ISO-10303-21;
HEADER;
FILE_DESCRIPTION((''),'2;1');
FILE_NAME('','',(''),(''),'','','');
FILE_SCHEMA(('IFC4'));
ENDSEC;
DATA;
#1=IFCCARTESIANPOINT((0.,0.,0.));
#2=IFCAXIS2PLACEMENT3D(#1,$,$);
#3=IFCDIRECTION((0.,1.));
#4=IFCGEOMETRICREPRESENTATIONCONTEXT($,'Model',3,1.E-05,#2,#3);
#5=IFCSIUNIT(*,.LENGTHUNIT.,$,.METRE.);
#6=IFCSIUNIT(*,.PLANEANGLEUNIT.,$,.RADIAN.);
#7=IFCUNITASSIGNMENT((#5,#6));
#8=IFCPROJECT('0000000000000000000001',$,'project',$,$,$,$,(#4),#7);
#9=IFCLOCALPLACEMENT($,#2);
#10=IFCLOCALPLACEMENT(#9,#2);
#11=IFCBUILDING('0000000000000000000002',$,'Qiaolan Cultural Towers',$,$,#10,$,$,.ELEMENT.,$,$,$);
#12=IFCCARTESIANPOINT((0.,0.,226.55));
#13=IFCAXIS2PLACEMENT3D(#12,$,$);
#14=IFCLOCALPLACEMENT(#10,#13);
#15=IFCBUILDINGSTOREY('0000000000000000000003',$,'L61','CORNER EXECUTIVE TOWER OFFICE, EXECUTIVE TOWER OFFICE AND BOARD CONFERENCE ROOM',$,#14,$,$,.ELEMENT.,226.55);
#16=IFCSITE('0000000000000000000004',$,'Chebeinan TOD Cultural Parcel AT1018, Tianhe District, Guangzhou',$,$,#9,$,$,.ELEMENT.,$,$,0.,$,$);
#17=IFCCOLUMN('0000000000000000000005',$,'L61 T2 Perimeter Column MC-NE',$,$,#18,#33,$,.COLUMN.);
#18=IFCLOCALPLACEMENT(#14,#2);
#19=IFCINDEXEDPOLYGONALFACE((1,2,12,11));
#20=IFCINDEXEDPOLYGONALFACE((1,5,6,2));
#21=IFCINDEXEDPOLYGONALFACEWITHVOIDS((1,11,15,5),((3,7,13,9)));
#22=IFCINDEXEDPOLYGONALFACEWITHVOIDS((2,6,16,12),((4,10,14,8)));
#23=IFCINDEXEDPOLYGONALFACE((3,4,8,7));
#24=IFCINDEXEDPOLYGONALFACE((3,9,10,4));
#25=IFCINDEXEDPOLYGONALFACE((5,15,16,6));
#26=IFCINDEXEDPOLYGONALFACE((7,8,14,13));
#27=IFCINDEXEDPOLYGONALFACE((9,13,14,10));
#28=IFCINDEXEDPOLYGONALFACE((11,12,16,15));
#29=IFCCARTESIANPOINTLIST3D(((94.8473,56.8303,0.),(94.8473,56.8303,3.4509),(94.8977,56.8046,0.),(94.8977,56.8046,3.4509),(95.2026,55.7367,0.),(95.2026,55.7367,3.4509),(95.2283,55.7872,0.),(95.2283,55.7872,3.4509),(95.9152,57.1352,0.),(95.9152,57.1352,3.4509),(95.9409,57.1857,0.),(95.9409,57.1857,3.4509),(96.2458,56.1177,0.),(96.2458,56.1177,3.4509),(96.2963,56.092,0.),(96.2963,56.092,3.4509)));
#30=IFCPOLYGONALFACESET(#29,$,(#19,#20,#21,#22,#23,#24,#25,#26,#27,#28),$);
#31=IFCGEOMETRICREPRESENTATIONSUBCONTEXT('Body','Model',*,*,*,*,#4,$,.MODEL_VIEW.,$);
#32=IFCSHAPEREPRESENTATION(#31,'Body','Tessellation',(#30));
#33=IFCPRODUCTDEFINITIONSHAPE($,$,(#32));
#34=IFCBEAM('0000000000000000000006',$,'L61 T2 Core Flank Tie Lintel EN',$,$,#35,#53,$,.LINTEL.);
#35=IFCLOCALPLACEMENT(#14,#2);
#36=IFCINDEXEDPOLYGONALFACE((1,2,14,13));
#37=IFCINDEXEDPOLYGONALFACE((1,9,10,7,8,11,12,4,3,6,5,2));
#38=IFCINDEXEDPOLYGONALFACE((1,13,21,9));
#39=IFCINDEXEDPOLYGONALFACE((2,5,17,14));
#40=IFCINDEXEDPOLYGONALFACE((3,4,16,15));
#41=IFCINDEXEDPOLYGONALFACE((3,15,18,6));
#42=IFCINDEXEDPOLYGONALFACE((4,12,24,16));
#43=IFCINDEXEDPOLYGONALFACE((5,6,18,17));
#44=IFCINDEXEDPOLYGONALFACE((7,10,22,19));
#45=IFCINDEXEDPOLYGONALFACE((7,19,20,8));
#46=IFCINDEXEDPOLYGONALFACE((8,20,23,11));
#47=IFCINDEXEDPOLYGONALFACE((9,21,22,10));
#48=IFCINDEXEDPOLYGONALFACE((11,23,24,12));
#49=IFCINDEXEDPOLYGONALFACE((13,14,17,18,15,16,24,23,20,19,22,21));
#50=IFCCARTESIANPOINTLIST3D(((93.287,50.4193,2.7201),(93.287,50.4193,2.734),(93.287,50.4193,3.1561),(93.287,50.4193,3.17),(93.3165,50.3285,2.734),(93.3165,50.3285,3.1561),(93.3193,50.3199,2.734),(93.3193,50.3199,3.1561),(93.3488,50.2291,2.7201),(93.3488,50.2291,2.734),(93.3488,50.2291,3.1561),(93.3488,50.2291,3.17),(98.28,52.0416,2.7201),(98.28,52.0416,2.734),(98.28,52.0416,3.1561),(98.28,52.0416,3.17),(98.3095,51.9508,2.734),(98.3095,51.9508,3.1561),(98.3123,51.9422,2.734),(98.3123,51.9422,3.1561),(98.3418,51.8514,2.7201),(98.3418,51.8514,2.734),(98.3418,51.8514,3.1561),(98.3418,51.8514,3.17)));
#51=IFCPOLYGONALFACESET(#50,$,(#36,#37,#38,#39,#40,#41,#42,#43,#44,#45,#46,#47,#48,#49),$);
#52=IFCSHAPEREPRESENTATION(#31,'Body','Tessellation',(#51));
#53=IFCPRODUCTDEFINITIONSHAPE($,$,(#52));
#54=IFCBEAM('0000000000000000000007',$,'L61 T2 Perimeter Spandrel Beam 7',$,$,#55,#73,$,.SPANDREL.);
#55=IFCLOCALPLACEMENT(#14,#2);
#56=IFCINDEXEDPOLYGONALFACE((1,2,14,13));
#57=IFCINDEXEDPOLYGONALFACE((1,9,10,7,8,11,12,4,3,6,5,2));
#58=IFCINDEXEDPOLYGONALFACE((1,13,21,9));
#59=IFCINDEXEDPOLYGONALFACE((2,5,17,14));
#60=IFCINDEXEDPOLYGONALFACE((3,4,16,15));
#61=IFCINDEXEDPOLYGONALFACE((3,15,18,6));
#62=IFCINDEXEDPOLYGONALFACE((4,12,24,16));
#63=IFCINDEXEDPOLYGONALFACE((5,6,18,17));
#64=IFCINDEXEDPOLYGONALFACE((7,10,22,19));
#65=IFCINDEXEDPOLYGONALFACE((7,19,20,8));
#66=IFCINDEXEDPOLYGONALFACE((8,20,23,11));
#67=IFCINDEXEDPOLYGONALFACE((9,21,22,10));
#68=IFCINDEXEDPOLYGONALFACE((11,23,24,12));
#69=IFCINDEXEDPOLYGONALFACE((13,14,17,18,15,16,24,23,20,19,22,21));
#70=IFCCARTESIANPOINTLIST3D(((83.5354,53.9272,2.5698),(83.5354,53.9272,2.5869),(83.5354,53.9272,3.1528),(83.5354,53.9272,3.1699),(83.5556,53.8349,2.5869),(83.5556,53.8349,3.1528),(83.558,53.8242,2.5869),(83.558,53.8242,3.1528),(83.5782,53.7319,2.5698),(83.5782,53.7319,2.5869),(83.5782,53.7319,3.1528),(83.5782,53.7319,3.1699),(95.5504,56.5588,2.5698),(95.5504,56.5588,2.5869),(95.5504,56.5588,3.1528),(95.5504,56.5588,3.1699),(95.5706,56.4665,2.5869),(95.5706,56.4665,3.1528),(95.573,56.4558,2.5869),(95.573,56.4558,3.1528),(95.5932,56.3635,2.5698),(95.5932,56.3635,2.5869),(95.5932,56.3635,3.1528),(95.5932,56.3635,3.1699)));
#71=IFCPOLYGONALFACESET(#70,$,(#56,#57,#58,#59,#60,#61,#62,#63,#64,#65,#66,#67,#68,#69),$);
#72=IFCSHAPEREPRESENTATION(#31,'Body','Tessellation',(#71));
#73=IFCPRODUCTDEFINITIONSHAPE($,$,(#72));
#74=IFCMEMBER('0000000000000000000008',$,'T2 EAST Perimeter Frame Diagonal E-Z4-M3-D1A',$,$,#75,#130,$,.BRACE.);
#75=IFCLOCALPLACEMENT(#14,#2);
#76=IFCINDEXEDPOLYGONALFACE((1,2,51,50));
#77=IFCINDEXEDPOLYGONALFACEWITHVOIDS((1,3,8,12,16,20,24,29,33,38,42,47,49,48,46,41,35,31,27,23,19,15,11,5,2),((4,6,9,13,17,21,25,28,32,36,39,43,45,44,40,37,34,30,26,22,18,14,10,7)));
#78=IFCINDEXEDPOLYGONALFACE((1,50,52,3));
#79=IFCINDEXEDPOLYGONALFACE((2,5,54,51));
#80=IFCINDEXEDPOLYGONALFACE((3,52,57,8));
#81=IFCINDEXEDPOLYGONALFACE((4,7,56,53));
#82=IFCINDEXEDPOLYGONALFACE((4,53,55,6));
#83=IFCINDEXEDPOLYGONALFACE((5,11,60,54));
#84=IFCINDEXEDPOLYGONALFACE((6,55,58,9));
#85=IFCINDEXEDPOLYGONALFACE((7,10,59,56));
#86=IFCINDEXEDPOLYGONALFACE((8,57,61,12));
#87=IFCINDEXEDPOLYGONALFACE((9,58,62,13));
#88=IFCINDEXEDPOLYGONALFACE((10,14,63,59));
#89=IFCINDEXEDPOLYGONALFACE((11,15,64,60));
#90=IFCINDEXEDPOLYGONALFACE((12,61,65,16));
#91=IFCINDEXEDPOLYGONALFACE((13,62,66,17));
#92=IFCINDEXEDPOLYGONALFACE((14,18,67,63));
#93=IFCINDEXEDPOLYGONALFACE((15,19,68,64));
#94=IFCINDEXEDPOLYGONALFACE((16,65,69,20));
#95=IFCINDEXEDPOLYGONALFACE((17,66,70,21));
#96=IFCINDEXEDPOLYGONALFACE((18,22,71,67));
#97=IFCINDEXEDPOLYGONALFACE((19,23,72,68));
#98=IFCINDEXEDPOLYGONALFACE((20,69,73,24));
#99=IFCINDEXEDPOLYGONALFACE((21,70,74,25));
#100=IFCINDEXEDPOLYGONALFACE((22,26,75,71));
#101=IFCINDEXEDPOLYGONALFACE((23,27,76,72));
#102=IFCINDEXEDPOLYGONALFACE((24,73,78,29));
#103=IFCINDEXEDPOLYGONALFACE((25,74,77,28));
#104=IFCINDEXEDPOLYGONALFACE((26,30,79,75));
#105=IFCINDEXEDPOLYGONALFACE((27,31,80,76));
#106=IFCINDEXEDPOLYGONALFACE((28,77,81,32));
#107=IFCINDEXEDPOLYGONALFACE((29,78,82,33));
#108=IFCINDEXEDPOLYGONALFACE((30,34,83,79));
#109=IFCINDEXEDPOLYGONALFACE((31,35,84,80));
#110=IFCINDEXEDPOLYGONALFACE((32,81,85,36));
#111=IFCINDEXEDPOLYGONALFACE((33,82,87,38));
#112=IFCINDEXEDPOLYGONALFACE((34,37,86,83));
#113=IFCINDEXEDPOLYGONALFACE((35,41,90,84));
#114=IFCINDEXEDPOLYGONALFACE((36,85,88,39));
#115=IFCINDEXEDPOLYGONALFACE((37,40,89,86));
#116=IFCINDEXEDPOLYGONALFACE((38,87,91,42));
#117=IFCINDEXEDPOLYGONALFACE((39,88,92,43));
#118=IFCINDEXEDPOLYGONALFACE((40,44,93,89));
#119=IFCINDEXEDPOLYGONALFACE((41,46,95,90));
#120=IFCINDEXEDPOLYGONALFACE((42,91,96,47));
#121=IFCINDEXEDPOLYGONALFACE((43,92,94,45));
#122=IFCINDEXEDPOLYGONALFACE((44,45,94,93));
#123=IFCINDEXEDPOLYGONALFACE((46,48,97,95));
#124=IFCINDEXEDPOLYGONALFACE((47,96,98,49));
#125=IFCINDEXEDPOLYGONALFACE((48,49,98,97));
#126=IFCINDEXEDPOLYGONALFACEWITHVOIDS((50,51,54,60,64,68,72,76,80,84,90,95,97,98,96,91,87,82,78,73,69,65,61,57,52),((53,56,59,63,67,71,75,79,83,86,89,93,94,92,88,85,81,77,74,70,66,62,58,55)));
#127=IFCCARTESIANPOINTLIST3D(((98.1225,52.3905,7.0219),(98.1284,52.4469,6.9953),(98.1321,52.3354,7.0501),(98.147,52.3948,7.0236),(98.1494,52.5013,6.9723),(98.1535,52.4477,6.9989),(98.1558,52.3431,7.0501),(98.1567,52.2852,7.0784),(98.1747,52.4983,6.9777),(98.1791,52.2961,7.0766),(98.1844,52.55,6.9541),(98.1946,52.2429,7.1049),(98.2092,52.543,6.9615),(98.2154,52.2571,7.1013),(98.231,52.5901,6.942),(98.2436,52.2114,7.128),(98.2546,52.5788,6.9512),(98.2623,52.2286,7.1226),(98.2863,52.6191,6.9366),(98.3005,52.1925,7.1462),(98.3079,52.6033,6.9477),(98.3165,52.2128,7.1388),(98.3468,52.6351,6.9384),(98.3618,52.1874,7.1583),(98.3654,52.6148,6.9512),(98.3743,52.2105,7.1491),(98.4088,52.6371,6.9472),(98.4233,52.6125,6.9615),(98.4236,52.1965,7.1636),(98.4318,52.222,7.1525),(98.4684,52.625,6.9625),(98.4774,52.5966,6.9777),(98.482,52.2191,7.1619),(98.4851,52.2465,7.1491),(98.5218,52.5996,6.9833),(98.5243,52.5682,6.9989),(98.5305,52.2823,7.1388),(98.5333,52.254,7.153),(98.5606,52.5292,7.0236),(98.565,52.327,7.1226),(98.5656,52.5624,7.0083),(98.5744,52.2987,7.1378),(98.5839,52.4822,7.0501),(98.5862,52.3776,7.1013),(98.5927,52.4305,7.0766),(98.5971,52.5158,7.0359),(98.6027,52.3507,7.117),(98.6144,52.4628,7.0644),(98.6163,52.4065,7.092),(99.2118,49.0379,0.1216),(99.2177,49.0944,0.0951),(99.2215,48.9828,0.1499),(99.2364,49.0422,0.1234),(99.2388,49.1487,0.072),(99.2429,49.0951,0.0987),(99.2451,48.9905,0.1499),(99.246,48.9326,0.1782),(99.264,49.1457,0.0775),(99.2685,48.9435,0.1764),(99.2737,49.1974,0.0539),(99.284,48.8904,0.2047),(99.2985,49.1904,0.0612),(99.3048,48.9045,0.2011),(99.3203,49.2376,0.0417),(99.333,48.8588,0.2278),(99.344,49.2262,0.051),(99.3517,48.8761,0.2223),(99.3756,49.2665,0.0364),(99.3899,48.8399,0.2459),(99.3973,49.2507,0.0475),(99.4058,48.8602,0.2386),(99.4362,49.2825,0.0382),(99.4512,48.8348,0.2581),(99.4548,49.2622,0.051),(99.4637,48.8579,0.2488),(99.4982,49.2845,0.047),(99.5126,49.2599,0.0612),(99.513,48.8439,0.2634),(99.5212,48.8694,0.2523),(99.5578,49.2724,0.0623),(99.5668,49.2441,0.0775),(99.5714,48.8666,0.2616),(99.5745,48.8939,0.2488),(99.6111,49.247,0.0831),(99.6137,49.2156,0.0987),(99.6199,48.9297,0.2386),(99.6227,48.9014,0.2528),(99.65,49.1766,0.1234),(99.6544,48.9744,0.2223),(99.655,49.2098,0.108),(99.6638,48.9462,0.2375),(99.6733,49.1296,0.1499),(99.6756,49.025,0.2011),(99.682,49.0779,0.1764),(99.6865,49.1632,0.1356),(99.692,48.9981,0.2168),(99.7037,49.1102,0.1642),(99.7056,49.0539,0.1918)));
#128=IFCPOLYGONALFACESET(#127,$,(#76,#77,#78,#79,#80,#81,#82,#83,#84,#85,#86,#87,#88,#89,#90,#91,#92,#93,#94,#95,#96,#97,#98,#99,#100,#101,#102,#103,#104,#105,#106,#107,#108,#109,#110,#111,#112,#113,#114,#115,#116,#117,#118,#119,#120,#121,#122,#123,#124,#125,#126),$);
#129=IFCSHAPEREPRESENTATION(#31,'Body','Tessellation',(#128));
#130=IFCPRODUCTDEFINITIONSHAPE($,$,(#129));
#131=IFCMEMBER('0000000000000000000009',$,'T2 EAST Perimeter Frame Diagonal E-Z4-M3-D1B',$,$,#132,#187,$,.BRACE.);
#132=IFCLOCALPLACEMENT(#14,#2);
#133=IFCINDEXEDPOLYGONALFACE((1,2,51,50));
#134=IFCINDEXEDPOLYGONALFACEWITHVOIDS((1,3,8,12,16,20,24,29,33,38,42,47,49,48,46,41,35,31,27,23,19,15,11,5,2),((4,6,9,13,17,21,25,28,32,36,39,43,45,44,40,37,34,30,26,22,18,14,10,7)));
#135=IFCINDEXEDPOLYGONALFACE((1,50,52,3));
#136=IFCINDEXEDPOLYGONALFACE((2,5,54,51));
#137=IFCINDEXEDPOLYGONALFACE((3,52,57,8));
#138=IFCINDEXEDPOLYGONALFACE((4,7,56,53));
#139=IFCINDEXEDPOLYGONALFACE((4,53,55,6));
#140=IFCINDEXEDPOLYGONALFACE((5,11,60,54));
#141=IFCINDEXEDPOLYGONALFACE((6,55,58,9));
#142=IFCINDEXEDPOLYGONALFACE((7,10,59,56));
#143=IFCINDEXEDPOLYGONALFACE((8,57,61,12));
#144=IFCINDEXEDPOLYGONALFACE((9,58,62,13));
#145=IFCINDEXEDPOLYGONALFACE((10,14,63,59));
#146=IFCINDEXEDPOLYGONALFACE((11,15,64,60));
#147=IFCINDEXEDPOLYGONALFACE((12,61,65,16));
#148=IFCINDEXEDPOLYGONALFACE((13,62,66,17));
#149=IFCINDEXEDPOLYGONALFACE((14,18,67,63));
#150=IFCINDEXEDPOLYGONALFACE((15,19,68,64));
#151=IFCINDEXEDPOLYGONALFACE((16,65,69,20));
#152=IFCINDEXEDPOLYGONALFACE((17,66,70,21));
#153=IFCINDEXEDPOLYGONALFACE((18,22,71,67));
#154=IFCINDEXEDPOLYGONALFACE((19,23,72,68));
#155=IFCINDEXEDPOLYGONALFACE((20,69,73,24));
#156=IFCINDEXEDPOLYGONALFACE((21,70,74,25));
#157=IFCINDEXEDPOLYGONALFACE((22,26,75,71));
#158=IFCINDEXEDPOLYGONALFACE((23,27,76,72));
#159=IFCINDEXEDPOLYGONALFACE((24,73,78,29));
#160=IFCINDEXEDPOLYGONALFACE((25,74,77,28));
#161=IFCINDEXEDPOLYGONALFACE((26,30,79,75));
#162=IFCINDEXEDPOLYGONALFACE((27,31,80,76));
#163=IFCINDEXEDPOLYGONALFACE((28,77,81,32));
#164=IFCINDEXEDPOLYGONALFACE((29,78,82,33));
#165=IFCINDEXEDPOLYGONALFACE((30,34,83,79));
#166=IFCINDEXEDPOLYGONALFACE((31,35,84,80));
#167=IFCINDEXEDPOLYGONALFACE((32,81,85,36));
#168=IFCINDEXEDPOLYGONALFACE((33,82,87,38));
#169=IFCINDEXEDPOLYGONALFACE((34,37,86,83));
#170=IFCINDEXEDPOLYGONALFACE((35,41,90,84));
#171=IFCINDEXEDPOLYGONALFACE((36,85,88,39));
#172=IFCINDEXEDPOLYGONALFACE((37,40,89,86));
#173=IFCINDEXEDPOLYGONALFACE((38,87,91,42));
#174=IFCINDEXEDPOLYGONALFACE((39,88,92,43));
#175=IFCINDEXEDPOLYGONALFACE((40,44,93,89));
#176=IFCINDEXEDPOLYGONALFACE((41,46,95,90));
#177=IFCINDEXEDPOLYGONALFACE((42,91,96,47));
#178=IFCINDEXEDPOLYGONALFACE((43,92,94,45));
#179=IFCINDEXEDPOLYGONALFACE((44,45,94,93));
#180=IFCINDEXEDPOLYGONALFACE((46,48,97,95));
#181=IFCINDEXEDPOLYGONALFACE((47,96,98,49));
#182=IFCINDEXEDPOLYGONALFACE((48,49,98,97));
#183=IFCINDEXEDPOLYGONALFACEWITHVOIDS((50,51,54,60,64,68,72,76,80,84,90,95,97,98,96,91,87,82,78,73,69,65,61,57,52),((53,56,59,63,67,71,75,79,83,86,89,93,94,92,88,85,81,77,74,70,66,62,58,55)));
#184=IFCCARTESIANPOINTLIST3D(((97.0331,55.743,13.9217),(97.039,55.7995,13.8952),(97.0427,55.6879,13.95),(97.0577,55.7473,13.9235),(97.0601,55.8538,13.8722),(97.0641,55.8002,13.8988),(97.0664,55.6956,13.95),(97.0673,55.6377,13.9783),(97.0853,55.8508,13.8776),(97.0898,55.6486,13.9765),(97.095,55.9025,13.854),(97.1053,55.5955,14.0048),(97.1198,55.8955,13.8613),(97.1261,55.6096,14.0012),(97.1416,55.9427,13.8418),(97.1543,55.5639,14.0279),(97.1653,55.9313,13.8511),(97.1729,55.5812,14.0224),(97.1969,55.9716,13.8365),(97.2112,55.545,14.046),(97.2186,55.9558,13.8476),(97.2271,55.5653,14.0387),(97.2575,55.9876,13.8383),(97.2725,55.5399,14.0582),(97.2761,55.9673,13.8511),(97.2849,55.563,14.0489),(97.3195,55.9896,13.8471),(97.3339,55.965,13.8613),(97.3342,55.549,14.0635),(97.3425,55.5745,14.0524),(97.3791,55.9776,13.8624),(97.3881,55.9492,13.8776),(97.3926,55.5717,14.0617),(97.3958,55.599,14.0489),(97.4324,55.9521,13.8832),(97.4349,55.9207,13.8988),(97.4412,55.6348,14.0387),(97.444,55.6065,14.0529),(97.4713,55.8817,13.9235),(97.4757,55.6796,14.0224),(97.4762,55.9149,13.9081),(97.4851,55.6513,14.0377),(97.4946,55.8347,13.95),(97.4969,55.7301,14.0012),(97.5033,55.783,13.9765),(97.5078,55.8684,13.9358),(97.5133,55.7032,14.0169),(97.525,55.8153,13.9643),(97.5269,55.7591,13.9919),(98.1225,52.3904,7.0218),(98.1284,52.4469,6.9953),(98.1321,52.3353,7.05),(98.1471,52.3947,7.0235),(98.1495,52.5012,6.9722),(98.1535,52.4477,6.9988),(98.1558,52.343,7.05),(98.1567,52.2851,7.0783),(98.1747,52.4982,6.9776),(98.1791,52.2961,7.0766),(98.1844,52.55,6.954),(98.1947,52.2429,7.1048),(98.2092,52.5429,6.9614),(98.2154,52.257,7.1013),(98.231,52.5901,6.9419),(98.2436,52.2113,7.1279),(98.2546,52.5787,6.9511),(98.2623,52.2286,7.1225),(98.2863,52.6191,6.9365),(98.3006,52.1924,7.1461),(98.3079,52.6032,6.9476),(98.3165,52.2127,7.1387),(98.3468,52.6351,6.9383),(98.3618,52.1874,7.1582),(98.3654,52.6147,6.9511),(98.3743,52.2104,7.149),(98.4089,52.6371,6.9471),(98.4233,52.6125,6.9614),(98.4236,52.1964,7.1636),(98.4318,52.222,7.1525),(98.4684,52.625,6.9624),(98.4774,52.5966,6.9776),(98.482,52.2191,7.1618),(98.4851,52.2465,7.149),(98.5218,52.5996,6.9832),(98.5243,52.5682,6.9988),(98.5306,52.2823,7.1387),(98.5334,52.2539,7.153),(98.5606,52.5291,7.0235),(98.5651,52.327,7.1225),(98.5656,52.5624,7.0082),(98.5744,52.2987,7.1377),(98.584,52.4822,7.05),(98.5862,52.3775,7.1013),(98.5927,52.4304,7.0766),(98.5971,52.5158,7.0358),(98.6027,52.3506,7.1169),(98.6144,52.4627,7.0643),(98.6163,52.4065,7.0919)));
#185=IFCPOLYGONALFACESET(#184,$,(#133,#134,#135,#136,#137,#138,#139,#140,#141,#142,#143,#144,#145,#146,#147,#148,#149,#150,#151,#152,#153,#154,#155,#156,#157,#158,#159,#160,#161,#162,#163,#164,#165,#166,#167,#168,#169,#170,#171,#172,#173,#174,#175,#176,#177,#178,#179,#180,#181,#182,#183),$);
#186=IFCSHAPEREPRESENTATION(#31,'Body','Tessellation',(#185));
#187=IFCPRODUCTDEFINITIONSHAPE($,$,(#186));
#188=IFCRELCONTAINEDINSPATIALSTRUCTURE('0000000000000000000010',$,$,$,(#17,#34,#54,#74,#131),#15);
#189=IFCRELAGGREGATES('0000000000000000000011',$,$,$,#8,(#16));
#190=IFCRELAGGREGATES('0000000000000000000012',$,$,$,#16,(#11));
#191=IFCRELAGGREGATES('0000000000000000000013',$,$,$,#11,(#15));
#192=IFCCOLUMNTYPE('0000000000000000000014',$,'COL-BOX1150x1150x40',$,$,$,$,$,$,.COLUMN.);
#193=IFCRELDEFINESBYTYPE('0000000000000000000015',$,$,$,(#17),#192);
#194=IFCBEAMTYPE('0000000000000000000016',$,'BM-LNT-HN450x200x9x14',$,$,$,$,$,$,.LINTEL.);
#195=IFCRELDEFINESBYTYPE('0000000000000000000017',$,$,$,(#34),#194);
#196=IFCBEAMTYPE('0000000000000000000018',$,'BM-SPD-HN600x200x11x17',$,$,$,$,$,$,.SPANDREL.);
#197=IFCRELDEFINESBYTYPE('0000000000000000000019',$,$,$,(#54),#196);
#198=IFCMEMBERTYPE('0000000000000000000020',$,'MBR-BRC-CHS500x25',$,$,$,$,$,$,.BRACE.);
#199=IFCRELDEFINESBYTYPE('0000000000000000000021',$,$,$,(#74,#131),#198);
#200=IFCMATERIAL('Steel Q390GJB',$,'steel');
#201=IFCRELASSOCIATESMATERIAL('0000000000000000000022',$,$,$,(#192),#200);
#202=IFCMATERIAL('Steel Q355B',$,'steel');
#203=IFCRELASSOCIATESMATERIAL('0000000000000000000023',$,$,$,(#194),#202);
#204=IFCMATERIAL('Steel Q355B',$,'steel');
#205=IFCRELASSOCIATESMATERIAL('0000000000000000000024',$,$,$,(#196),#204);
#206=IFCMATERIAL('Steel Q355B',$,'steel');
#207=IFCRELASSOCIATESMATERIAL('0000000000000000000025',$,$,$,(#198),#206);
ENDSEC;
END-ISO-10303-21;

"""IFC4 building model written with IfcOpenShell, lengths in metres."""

from ifc_helpers import new_model, si_unit, direction, frame, origin, origin_2d, place, context, subcontext, project, spatial, hollow_rectangle, hollow_circle, i_section, extrude, material, material_profile, profile_set, type_object, element, save


model = new_model("IFC4")

# Units and contexts
model_context = context("Model", 3, precision=1e-05, world=origin(), true_north=direction((0.0, 1.0)))
body_context = subcontext(model_context, "Body", "Model", "MODEL_VIEW")
ifc_project = project(units=[si_unit("LENGTHUNIT", "METRE"), si_unit("PLANEANGLEUNIT", "RADIAN")], contexts=[model_context])

# Site, building, storey
site_placement = place(None, origin())
site = spatial("IfcSite", under=ifc_project, at=site_placement, Name="Chebeinan TOD Cultural Parcel AT1018, Tianhe District, Guangzhou", CompositionType="ELEMENT", RefElevation=0.0)
building_placement = place(site_placement, origin())
building = spatial("IfcBuilding", under=site, at=building_placement, Name="Qiaolan Cultural Towers", CompositionType="ELEMENT")
storey_placement = place(building_placement, frame((0.0, 0.0, 226.55)))
storey = spatial("IfcBuildingStorey", under=building, at=storey_placement, Name="L61", Description="CORNER EXECUTIVE TOWER OFFICE, EXECUTIVE TOWER OFFICE AND BOARD CONFERENCE ROOM", CompositionType="ELEMENT", Elevation=226.55)

# Column
ifc_material_1 = material(Name="Steel Q390GJB", Category="steel")
ifc_material_profile_1 = material_profile(ifc_material_1, hollow_rectangle(XDim=1.1499, YDim=1.1499, WallThickness=0.04, at=origin_2d()), Name="BOX1150x1150x40")
ifc_profile_set_1 = profile_set([ifc_material_profile_1], Name="Steel Q390GJB")
column_type = type_object("IfcColumnType", Name="COL-BOX1150x1150x40", PredefinedType="COLUMN", material=ifc_profile_set_1)
column_placement = place(storey_placement, frame((95.5718, 56.4612, 0.0), z_axis=(0.0, 0.0, 1.0), x_axis=(0.951057, 0.309017, 0.0)))
element("IfcColumn", 1, at=column_placement, inside=storey, type_object=column_type, Name="L61 T2 Perimeter Column MC-NE", PredefinedType="COLUMN", context=body_context, shape_type="SweptSolid", body=[
    extrude(hollow_rectangle(XDim=1.1499, YDim=1.1499, WallThickness=0.04, at=origin_2d()), origin(), (0.0, 0.0, 1.0), 3.4509),
])

# Beams
ifc_material_2 = material(Name="Steel Q355B", Category="steel")
ifc_material_profile_2 = material_profile(ifc_material_2, i_section(OverallWidth=0.2, OverallDepth=0.45, WebThickness=0.009, FlangeThickness=0.0139, at=origin_2d()), Name="HN450x200x9x14")
ifc_profile_set_2 = profile_set([ifc_material_profile_2], Name="Steel Q355B")
beam_type_1 = type_object("IfcBeamType", Name="BM-LNT-HN450x200x9x14", PredefinedType="LINTEL", material=ifc_profile_set_2)
beam_1_placement = place(storey_placement, frame((93.3179, 50.3242, 2.9451), z_axis=(0.95106, 0.309006, 0.0), x_axis=(-0.309006, 0.95106, 0.0)))
element("IfcBeam", 2, at=beam_1_placement, inside=storey, type_object=beam_type_1, Name="L61 T2 Core Flank Tie Lintel EN", PredefinedType="LINTEL", context=body_context, shape_type="SweptSolid", body=[
    extrude(i_section(OverallWidth=0.2, OverallDepth=0.45, WebThickness=0.009, FlangeThickness=0.0139, at=origin_2d()), origin(), (0.0, 0.0, 1.0), 5.25),
])
ifc_material_3 = material(Name="Steel Q355B", Category="steel")
ifc_material_profile_3 = material_profile(ifc_material_3, i_section(OverallWidth=0.2, OverallDepth=0.6001, WebThickness=0.011, FlangeThickness=0.0171, at=origin_2d()), Name="HN600x200x11x17")
ifc_profile_set_3 = profile_set([ifc_material_profile_3], Name="Steel Q355B")
beam_type_2 = type_object("IfcBeamType", Name="BM-SPD-HN600x200x11x17", PredefinedType="SPANDREL", material=ifc_profile_set_3)
beam_2_placement = place(storey_placement, frame((95.5718, 56.4612, 2.8699), z_axis=(-0.976843, -0.213956, 0.0), x_axis=(0.213956, -0.976843, 0.0)))
element("IfcBeam", 3, at=beam_2_placement, inside=storey, type_object=beam_type_2, Name="L61 T2 Perimeter Spandrel Beam 7", PredefinedType="SPANDREL", context=body_context, shape_type="SweptSolid", body=[
    extrude(i_section(OverallWidth=0.2, OverallDepth=0.6001, WebThickness=0.011, FlangeThickness=0.0171, at=origin_2d()), origin(), (0.0, 0.0, 1.0), 12.2998),
])

# Members
ifc_material_4 = material(Name="Steel Q355B", Category="steel")
ifc_material_profile_4 = material_profile(ifc_material_4, hollow_circle(Radius=0.25, WallThickness=0.0249, at=origin_2d()), Name="CHS500x25")
ifc_profile_set_4 = profile_set([ifc_material_profile_4], Name="Steel Q355B")
member_type = type_object("IfcMemberType", Name="MBR-BRC-CHS500x25", PredefinedType="BRACE", material=ifc_profile_set_4)
member_1_placement = place(storey_placement, frame((99.4592, 49.0601, 0.1499), z_axis=(-0.14059, 0.432673, 0.890521), x_axis=(-0.951052, -0.30903, 0.0)))
element("IfcMember", 4, at=member_1_placement, inside=storey, type_object=member_type, Name="T2 EAST Perimeter Frame Diagonal E-Z4-M3-D1A", PredefinedType="BRACE", context=body_context, shape_type="SweptSolid", body=[
    extrude(hollow_circle(Radius=0.25, WallThickness=0.0249, at=origin_2d()), origin(), (0.0, 0.0, 1.0), 7.7485),
])
member_2_placement = place(storey_placement, frame((98.3699, 52.4126, 7.05), z_axis=(-0.140594, 0.432685, 0.890515), x_axis=(-0.951052, -0.30903, 0.0)))
element("IfcMember", 5, at=member_2_placement, inside=storey, type_object=member_type, Name="T2 EAST Perimeter Frame Diagonal E-Z4-M3-D1B", PredefinedType="BRACE", context=body_context, shape_type="SweptSolid", body=[
    extrude(hollow_circle(Radius=0.25, WallThickness=0.0249, at=origin_2d()), origin(), (0.0, 0.0, 1.0), 7.7483),
])

save(model, "model.ifc")
